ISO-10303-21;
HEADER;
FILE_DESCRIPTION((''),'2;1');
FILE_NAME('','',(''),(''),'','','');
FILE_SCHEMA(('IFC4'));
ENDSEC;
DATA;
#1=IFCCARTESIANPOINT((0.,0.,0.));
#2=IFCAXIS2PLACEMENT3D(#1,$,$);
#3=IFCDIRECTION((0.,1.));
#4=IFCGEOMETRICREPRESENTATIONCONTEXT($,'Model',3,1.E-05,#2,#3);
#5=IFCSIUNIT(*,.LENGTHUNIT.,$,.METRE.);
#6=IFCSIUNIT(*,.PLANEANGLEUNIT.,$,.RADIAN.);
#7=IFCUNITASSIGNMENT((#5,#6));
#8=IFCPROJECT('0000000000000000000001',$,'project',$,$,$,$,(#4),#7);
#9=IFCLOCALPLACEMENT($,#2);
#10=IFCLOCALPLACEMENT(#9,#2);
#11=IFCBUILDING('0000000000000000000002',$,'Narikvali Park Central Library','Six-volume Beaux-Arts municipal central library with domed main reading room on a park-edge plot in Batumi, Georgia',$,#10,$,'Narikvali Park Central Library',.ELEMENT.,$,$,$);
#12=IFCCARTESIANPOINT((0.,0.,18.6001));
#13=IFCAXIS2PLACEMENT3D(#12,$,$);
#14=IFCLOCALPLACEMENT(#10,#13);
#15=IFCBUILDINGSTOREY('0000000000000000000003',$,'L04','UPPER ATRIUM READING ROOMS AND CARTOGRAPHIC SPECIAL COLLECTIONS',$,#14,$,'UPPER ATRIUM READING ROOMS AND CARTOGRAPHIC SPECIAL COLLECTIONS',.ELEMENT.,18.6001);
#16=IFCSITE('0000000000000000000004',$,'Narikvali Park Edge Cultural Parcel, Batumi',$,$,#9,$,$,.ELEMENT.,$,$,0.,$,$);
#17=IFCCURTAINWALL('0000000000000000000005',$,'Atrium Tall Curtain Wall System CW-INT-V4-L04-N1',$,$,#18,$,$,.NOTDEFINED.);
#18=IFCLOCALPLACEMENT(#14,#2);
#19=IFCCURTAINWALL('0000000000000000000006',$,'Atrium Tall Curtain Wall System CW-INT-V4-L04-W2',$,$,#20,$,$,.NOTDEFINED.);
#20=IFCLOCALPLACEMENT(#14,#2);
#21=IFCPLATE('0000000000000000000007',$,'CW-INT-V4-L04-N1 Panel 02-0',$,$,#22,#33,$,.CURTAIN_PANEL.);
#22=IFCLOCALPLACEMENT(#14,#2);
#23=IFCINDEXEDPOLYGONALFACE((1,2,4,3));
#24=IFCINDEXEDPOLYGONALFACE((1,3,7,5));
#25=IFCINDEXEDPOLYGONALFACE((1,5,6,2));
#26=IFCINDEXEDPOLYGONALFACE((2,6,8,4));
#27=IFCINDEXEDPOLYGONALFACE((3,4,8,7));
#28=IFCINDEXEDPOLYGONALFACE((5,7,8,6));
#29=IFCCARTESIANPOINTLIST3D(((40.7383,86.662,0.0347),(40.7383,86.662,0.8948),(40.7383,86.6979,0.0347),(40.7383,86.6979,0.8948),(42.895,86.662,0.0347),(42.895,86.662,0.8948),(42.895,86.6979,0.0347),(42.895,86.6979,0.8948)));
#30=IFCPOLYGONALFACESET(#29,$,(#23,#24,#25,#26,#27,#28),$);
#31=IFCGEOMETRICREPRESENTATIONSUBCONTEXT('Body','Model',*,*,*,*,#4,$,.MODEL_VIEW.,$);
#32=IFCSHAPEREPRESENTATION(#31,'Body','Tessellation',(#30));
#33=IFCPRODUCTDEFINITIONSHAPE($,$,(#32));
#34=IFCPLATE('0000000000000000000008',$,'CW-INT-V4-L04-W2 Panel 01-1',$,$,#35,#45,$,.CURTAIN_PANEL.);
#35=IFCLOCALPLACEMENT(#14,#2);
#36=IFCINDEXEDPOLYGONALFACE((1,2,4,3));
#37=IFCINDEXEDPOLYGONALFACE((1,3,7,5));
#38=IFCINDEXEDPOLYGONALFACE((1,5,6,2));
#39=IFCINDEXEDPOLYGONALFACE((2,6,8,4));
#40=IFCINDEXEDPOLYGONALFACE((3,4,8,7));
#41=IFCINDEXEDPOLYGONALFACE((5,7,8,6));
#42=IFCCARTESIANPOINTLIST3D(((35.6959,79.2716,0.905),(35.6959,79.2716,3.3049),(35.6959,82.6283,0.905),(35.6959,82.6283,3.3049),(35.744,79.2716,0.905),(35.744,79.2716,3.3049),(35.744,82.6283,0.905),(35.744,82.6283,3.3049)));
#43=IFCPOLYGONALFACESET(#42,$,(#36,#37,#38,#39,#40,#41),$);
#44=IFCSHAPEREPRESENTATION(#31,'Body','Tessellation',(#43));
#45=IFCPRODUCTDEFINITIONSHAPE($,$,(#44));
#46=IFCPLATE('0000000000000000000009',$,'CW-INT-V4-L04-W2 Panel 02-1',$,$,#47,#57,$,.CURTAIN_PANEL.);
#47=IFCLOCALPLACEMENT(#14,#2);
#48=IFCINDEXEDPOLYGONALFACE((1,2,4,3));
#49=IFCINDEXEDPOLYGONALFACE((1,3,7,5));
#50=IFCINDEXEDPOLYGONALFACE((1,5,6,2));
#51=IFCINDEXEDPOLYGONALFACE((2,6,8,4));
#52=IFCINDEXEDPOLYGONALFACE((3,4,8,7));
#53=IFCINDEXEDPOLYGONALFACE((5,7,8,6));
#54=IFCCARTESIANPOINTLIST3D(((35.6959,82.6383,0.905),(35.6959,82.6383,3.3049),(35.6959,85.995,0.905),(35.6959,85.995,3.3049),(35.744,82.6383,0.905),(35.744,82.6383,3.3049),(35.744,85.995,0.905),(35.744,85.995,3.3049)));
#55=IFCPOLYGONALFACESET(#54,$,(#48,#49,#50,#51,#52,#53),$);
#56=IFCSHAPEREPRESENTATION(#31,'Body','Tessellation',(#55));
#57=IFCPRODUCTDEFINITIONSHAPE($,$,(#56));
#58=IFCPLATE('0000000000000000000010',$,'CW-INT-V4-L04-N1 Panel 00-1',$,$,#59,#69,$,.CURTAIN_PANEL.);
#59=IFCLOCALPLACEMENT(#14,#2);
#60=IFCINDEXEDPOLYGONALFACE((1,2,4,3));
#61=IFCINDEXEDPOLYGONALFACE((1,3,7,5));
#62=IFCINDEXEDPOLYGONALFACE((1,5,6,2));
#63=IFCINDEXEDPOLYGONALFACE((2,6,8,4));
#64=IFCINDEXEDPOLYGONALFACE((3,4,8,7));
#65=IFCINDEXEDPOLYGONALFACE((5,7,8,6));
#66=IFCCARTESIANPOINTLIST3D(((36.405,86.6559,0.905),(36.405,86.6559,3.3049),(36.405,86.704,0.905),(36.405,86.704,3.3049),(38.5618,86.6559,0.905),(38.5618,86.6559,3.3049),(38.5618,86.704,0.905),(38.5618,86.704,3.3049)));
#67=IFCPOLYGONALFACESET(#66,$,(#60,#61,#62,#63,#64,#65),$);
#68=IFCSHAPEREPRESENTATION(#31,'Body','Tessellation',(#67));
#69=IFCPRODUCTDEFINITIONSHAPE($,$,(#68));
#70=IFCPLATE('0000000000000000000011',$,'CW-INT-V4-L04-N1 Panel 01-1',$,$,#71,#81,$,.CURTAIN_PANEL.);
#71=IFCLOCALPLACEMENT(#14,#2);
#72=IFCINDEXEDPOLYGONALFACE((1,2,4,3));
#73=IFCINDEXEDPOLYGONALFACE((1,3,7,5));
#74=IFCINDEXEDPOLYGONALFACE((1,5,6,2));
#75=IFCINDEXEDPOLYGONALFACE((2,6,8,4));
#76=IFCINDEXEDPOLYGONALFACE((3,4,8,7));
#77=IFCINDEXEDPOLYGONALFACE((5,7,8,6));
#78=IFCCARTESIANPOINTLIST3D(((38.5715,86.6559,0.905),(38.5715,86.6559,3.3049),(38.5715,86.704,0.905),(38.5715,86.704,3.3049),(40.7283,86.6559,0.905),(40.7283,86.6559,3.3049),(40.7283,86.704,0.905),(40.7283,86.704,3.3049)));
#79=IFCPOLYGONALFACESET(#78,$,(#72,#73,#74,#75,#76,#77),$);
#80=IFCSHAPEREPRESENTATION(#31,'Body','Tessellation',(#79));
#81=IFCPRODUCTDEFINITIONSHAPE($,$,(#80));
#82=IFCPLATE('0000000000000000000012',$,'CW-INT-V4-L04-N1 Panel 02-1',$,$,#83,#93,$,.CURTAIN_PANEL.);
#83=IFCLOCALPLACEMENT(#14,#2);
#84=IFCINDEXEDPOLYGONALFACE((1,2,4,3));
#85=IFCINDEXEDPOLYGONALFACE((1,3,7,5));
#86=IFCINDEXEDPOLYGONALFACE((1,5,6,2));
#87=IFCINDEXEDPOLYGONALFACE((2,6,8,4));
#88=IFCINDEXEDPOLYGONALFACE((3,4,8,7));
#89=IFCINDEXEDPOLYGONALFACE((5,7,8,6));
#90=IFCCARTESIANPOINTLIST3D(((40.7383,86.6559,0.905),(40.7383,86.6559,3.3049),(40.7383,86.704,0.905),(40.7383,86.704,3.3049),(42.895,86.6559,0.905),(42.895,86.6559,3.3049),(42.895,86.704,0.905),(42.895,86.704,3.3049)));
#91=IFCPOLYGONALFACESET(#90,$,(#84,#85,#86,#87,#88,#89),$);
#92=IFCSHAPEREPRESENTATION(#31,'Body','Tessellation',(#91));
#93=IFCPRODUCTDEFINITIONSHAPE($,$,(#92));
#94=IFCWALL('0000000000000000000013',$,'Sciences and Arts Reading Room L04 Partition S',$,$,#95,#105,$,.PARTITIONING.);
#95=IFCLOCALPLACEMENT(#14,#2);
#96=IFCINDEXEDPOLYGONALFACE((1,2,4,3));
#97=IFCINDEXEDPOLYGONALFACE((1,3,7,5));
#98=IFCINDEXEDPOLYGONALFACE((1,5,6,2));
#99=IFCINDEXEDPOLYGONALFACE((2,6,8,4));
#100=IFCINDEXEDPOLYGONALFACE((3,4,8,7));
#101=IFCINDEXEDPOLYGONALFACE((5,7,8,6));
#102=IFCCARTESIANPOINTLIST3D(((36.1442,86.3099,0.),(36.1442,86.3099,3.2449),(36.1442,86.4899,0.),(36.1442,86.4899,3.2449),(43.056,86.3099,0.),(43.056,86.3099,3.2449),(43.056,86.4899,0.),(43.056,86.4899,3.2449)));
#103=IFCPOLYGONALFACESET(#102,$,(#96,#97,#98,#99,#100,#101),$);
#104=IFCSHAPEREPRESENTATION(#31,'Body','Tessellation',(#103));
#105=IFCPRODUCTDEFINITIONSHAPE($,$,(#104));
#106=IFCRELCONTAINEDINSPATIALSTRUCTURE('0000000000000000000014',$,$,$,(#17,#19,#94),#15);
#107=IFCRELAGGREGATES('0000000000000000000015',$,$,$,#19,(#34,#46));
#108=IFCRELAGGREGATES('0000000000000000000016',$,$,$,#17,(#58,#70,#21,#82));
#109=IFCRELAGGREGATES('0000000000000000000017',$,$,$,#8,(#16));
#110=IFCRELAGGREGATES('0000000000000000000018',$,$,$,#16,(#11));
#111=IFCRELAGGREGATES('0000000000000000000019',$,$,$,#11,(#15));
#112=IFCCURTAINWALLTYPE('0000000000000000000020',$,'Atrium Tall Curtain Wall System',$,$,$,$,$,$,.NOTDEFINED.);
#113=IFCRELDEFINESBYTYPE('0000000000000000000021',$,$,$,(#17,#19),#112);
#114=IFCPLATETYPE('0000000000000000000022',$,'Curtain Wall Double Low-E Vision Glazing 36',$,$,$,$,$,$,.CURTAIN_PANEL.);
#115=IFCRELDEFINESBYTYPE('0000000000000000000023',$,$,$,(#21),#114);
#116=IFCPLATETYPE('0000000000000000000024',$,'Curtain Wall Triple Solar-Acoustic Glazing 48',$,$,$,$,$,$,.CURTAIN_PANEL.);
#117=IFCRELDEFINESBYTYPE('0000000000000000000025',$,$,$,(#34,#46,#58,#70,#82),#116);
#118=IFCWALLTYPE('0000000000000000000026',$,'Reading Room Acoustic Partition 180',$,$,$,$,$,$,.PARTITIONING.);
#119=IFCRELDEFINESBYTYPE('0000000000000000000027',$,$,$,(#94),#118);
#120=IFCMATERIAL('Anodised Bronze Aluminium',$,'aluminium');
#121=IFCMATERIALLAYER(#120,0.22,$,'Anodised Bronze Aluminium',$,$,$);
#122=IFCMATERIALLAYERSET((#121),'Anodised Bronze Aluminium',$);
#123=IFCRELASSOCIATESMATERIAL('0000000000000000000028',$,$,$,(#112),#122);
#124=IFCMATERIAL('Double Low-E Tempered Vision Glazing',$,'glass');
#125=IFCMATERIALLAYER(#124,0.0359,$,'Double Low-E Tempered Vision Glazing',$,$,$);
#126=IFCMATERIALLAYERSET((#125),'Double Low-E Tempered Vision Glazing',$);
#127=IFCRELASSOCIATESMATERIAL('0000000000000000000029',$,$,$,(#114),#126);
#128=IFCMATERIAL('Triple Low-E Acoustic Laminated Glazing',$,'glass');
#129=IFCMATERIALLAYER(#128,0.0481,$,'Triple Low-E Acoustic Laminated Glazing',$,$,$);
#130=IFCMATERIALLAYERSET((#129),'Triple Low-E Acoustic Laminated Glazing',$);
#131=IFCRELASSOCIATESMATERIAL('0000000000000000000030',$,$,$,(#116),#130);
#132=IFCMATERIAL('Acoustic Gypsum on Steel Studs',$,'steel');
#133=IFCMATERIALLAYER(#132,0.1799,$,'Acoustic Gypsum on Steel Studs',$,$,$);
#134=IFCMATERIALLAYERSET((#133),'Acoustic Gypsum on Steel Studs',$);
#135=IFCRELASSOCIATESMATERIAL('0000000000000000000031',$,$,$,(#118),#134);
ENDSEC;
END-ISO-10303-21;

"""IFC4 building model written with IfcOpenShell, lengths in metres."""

from ifc_helpers import new_model, si_unit, direction, frame, frame_2d, origin, origin_2d, place, context, subcontext, project, spatial, rectangle, extrude, material, layer, layer_set, type_object, element, aggregate, save


model = new_model("IFC4")

# Units and contexts
model_context = context("Model", 3, precision=1e-05, world=origin(), true_north=direction((0.0, 1.0)))
body_context = subcontext(model_context, "Body", "Model", "MODEL_VIEW")
ifc_project = project(units=[si_unit("LENGTHUNIT", "METRE"), si_unit("PLANEANGLEUNIT", "RADIAN")], contexts=[model_context])

# Site, building, storey
site_placement = place(None, origin())
site = spatial("IfcSite", under=ifc_project, at=site_placement, Name="Narikvali Park Edge Cultural Parcel, Batumi", CompositionType="ELEMENT", RefElevation=0.0)
building_placement = place(site_placement, origin())
building = spatial("IfcBuilding", under=site, at=building_placement, Name="Narikvali Park Central Library", Description="Six-volume Beaux-Arts municipal central library with domed main reading room on a park-edge plot in Batumi, Georgia", LongName="Narikvali Park Central Library", CompositionType="ELEMENT")
storey_placement = place(building_placement, frame((0.0, 0.0, 18.6001)))
storey = spatial("IfcBuildingStorey", under=building, at=storey_placement, Name="L04", Description="UPPER ATRIUM READING ROOMS AND CARTOGRAPHIC SPECIAL COLLECTIONS", LongName="UPPER ATRIUM READING ROOMS AND CARTOGRAPHIC SPECIAL COLLECTIONS", CompositionType="ELEMENT", Elevation=18.6001)

# Curtain walls
ifc_material_1 = material(Name="Anodised Bronze Aluminium", Category="aluminium")
ifc_layer_1 = layer(ifc_material_1, 0.22, Name="Anodised Bronze Aluminium")
ifc_layer_set_1 = layer_set([ifc_layer_1], Name="Anodised Bronze Aluminium")
curtain_wall_type = type_object("IfcCurtainWallType", Name="Atrium Tall Curtain Wall System", PredefinedType="NOTDEFINED", material=ifc_layer_set_1)
curtain_wall_1_placement = place(storey_placement, origin())
curtain_wall_1 = element("IfcCurtainWall", 1, at=curtain_wall_1_placement, inside=storey, type_object=curtain_wall_type, Name="Atrium Tall Curtain Wall System CW-INT-V4-L04-N1", PredefinedType="NOTDEFINED")
curtain_wall_2_placement = place(storey_placement, origin())
curtain_wall_2 = element("IfcCurtainWall", 2, at=curtain_wall_2_placement, inside=storey, type_object=curtain_wall_type, Name="Atrium Tall Curtain Wall System CW-INT-V4-L04-W2", PredefinedType="NOTDEFINED")

# Plates
ifc_material_2 = material(Name="Double Low-E Tempered Vision Glazing", Category="glass")
ifc_layer_2 = layer(ifc_material_2, 0.0359, Name="Double Low-E Tempered Vision Glazing")
ifc_layer_set_2 = layer_set([ifc_layer_2], Name="Double Low-E Tempered Vision Glazing")
plate_type_1 = type_object("IfcPlateType", Name="Curtain Wall Double Low-E Vision Glazing 36", PredefinedType="CURTAIN_PANEL", material=ifc_layer_set_2)
plate_1_placement = place(storey_placement, frame((41.8167, 86.6799, 0.0347), z_axis=(0.0, 0.0, 1.0), x_axis=(1.0, 0.0, 0.0)))
plate_1 = element("IfcPlate", 3, at=plate_1_placement, type_object=plate_type_1, Name="CW-INT-V4-L04-N1 Panel 02-0", PredefinedType="CURTAIN_PANEL", context=body_context, shape_type="SweptSolid", body=[
    extrude(rectangle(XDim=2.1567, YDim=0.0359, at=origin_2d()), origin(), (0.0, 0.0, 1.0), 0.8601),
])
ifc_material_3 = material(Name="Triple Low-E Acoustic Laminated Glazing", Category="glass")
ifc_layer_3 = layer(ifc_material_3, 0.0481, Name="Triple Low-E Acoustic Laminated Glazing")
ifc_layer_set_3 = layer_set([ifc_layer_3], Name="Triple Low-E Acoustic Laminated Glazing")
plate_type_2 = type_object("IfcPlateType", Name="Curtain Wall Triple Solar-Acoustic Glazing 48", PredefinedType="CURTAIN_PANEL", material=ifc_layer_set_3)
plate_2_placement = place(storey_placement, frame((35.72, 80.95, 0.905), z_axis=(0.0, 0.0, 1.0), x_axis=(0.0, 1.0, 0.0)))
plate_2 = element("IfcPlate", 4, at=plate_2_placement, type_object=plate_type_2, Name="CW-INT-V4-L04-W2 Panel 01-1", PredefinedType="CURTAIN_PANEL", context=body_context, shape_type="SweptSolid", body=[
    extrude(rectangle(XDim=3.3567, YDim=0.0481, at=origin_2d()), origin(), (0.0, 0.0, 1.0), 2.3999),
])
plate_3_placement = place(storey_placement, frame((35.72, 84.3167, 0.905), z_axis=(0.0, 0.0, 1.0), x_axis=(0.0, 1.0, 0.0)))
plate_3 = element("IfcPlate", 5, at=plate_3_placement, type_object=plate_type_2, Name="CW-INT-V4-L04-W2 Panel 02-1", PredefinedType="CURTAIN_PANEL", context=body_context, shape_type="SweptSolid", body=[
    extrude(rectangle(XDim=3.3567, YDim=0.0481, at=origin_2d()), origin(), (0.0, 0.0, 1.0), 2.3999),
])
aggregate(curtain_wall_2, [plate_2, plate_3])
plate_4_placement = place(storey_placement, frame((37.4834, 86.6799, 0.905), z_axis=(0.0, 0.0, 1.0), x_axis=(1.0, 0.0, 0.0)))
plate_4 = element("IfcPlate", 6, at=plate_4_placement, type_object=plate_type_2, Name="CW-INT-V4-L04-N1 Panel 00-1", PredefinedType="CURTAIN_PANEL", context=body_context, shape_type="SweptSolid", body=[
    extrude(rectangle(XDim=2.1567, YDim=0.0481, at=origin_2d()), origin(), (0.0, 0.0, 1.0), 2.3999),
])
plate_5_placement = place(storey_placement, frame((39.6499, 86.6799, 0.905), z_axis=(0.0, 0.0, 1.0), x_axis=(1.0, 0.0, 0.0)))
plate_5 = element("IfcPlate", 7, at=plate_5_placement, type_object=plate_type_2, Name="CW-INT-V4-L04-N1 Panel 01-1", PredefinedType="CURTAIN_PANEL", context=body_context, shape_type="SweptSolid", body=[
    extrude(rectangle(XDim=2.1567, YDim=0.0481, at=origin_2d()), origin(), (0.0, 0.0, 1.0), 2.3999),
])
plate_6_placement = place(storey_placement, frame((41.8167, 86.6799, 0.905), z_axis=(0.0, 0.0, 1.0), x_axis=(1.0, 0.0, 0.0)))
plate_6 = element("IfcPlate", 8, at=plate_6_placement, type_object=plate_type_2, Name="CW-INT-V4-L04-N1 Panel 02-1", PredefinedType="CURTAIN_PANEL", context=body_context, shape_type="SweptSolid", body=[
    extrude(rectangle(XDim=2.1567, YDim=0.0481, at=origin_2d()), origin(), (0.0, 0.0, 1.0), 2.3999),
])
aggregate(curtain_wall_1, [plate_4, plate_5, plate_1, plate_6])

# Wall
ifc_material_4 = material(Name="Acoustic Gypsum on Steel Studs", Category="steel")
ifc_layer_4 = layer(ifc_material_4, 0.1799, Name="Acoustic Gypsum on Steel Studs")
ifc_layer_set_4 = layer_set([ifc_layer_4], Name="Acoustic Gypsum on Steel Studs")
wall_type = type_object("IfcWallType", Name="Reading Room Acoustic Partition 180", PredefinedType="PARTITIONING", material=ifc_layer_set_4)
wall_placement = place(storey_placement, frame((36.144, 86.3999, 0.0), z_axis=(0.0, 0.0, 1.0), x_axis=(1.0, 0.0, 0.0)))
element("IfcWall", 9, at=wall_placement, inside=storey, type_object=wall_type, Name="Sciences and Arts Reading Room L04 Partition S", PredefinedType="PARTITIONING", context=body_context, shape_type="SweptSolid", body=[
    extrude(rectangle(XDim=6.9119, YDim=0.1799, at=frame_2d((3.4561, 0.0))), origin(), (0.0, 0.0, 1.0), 3.2449),
])

save(model, "model.ifc")
